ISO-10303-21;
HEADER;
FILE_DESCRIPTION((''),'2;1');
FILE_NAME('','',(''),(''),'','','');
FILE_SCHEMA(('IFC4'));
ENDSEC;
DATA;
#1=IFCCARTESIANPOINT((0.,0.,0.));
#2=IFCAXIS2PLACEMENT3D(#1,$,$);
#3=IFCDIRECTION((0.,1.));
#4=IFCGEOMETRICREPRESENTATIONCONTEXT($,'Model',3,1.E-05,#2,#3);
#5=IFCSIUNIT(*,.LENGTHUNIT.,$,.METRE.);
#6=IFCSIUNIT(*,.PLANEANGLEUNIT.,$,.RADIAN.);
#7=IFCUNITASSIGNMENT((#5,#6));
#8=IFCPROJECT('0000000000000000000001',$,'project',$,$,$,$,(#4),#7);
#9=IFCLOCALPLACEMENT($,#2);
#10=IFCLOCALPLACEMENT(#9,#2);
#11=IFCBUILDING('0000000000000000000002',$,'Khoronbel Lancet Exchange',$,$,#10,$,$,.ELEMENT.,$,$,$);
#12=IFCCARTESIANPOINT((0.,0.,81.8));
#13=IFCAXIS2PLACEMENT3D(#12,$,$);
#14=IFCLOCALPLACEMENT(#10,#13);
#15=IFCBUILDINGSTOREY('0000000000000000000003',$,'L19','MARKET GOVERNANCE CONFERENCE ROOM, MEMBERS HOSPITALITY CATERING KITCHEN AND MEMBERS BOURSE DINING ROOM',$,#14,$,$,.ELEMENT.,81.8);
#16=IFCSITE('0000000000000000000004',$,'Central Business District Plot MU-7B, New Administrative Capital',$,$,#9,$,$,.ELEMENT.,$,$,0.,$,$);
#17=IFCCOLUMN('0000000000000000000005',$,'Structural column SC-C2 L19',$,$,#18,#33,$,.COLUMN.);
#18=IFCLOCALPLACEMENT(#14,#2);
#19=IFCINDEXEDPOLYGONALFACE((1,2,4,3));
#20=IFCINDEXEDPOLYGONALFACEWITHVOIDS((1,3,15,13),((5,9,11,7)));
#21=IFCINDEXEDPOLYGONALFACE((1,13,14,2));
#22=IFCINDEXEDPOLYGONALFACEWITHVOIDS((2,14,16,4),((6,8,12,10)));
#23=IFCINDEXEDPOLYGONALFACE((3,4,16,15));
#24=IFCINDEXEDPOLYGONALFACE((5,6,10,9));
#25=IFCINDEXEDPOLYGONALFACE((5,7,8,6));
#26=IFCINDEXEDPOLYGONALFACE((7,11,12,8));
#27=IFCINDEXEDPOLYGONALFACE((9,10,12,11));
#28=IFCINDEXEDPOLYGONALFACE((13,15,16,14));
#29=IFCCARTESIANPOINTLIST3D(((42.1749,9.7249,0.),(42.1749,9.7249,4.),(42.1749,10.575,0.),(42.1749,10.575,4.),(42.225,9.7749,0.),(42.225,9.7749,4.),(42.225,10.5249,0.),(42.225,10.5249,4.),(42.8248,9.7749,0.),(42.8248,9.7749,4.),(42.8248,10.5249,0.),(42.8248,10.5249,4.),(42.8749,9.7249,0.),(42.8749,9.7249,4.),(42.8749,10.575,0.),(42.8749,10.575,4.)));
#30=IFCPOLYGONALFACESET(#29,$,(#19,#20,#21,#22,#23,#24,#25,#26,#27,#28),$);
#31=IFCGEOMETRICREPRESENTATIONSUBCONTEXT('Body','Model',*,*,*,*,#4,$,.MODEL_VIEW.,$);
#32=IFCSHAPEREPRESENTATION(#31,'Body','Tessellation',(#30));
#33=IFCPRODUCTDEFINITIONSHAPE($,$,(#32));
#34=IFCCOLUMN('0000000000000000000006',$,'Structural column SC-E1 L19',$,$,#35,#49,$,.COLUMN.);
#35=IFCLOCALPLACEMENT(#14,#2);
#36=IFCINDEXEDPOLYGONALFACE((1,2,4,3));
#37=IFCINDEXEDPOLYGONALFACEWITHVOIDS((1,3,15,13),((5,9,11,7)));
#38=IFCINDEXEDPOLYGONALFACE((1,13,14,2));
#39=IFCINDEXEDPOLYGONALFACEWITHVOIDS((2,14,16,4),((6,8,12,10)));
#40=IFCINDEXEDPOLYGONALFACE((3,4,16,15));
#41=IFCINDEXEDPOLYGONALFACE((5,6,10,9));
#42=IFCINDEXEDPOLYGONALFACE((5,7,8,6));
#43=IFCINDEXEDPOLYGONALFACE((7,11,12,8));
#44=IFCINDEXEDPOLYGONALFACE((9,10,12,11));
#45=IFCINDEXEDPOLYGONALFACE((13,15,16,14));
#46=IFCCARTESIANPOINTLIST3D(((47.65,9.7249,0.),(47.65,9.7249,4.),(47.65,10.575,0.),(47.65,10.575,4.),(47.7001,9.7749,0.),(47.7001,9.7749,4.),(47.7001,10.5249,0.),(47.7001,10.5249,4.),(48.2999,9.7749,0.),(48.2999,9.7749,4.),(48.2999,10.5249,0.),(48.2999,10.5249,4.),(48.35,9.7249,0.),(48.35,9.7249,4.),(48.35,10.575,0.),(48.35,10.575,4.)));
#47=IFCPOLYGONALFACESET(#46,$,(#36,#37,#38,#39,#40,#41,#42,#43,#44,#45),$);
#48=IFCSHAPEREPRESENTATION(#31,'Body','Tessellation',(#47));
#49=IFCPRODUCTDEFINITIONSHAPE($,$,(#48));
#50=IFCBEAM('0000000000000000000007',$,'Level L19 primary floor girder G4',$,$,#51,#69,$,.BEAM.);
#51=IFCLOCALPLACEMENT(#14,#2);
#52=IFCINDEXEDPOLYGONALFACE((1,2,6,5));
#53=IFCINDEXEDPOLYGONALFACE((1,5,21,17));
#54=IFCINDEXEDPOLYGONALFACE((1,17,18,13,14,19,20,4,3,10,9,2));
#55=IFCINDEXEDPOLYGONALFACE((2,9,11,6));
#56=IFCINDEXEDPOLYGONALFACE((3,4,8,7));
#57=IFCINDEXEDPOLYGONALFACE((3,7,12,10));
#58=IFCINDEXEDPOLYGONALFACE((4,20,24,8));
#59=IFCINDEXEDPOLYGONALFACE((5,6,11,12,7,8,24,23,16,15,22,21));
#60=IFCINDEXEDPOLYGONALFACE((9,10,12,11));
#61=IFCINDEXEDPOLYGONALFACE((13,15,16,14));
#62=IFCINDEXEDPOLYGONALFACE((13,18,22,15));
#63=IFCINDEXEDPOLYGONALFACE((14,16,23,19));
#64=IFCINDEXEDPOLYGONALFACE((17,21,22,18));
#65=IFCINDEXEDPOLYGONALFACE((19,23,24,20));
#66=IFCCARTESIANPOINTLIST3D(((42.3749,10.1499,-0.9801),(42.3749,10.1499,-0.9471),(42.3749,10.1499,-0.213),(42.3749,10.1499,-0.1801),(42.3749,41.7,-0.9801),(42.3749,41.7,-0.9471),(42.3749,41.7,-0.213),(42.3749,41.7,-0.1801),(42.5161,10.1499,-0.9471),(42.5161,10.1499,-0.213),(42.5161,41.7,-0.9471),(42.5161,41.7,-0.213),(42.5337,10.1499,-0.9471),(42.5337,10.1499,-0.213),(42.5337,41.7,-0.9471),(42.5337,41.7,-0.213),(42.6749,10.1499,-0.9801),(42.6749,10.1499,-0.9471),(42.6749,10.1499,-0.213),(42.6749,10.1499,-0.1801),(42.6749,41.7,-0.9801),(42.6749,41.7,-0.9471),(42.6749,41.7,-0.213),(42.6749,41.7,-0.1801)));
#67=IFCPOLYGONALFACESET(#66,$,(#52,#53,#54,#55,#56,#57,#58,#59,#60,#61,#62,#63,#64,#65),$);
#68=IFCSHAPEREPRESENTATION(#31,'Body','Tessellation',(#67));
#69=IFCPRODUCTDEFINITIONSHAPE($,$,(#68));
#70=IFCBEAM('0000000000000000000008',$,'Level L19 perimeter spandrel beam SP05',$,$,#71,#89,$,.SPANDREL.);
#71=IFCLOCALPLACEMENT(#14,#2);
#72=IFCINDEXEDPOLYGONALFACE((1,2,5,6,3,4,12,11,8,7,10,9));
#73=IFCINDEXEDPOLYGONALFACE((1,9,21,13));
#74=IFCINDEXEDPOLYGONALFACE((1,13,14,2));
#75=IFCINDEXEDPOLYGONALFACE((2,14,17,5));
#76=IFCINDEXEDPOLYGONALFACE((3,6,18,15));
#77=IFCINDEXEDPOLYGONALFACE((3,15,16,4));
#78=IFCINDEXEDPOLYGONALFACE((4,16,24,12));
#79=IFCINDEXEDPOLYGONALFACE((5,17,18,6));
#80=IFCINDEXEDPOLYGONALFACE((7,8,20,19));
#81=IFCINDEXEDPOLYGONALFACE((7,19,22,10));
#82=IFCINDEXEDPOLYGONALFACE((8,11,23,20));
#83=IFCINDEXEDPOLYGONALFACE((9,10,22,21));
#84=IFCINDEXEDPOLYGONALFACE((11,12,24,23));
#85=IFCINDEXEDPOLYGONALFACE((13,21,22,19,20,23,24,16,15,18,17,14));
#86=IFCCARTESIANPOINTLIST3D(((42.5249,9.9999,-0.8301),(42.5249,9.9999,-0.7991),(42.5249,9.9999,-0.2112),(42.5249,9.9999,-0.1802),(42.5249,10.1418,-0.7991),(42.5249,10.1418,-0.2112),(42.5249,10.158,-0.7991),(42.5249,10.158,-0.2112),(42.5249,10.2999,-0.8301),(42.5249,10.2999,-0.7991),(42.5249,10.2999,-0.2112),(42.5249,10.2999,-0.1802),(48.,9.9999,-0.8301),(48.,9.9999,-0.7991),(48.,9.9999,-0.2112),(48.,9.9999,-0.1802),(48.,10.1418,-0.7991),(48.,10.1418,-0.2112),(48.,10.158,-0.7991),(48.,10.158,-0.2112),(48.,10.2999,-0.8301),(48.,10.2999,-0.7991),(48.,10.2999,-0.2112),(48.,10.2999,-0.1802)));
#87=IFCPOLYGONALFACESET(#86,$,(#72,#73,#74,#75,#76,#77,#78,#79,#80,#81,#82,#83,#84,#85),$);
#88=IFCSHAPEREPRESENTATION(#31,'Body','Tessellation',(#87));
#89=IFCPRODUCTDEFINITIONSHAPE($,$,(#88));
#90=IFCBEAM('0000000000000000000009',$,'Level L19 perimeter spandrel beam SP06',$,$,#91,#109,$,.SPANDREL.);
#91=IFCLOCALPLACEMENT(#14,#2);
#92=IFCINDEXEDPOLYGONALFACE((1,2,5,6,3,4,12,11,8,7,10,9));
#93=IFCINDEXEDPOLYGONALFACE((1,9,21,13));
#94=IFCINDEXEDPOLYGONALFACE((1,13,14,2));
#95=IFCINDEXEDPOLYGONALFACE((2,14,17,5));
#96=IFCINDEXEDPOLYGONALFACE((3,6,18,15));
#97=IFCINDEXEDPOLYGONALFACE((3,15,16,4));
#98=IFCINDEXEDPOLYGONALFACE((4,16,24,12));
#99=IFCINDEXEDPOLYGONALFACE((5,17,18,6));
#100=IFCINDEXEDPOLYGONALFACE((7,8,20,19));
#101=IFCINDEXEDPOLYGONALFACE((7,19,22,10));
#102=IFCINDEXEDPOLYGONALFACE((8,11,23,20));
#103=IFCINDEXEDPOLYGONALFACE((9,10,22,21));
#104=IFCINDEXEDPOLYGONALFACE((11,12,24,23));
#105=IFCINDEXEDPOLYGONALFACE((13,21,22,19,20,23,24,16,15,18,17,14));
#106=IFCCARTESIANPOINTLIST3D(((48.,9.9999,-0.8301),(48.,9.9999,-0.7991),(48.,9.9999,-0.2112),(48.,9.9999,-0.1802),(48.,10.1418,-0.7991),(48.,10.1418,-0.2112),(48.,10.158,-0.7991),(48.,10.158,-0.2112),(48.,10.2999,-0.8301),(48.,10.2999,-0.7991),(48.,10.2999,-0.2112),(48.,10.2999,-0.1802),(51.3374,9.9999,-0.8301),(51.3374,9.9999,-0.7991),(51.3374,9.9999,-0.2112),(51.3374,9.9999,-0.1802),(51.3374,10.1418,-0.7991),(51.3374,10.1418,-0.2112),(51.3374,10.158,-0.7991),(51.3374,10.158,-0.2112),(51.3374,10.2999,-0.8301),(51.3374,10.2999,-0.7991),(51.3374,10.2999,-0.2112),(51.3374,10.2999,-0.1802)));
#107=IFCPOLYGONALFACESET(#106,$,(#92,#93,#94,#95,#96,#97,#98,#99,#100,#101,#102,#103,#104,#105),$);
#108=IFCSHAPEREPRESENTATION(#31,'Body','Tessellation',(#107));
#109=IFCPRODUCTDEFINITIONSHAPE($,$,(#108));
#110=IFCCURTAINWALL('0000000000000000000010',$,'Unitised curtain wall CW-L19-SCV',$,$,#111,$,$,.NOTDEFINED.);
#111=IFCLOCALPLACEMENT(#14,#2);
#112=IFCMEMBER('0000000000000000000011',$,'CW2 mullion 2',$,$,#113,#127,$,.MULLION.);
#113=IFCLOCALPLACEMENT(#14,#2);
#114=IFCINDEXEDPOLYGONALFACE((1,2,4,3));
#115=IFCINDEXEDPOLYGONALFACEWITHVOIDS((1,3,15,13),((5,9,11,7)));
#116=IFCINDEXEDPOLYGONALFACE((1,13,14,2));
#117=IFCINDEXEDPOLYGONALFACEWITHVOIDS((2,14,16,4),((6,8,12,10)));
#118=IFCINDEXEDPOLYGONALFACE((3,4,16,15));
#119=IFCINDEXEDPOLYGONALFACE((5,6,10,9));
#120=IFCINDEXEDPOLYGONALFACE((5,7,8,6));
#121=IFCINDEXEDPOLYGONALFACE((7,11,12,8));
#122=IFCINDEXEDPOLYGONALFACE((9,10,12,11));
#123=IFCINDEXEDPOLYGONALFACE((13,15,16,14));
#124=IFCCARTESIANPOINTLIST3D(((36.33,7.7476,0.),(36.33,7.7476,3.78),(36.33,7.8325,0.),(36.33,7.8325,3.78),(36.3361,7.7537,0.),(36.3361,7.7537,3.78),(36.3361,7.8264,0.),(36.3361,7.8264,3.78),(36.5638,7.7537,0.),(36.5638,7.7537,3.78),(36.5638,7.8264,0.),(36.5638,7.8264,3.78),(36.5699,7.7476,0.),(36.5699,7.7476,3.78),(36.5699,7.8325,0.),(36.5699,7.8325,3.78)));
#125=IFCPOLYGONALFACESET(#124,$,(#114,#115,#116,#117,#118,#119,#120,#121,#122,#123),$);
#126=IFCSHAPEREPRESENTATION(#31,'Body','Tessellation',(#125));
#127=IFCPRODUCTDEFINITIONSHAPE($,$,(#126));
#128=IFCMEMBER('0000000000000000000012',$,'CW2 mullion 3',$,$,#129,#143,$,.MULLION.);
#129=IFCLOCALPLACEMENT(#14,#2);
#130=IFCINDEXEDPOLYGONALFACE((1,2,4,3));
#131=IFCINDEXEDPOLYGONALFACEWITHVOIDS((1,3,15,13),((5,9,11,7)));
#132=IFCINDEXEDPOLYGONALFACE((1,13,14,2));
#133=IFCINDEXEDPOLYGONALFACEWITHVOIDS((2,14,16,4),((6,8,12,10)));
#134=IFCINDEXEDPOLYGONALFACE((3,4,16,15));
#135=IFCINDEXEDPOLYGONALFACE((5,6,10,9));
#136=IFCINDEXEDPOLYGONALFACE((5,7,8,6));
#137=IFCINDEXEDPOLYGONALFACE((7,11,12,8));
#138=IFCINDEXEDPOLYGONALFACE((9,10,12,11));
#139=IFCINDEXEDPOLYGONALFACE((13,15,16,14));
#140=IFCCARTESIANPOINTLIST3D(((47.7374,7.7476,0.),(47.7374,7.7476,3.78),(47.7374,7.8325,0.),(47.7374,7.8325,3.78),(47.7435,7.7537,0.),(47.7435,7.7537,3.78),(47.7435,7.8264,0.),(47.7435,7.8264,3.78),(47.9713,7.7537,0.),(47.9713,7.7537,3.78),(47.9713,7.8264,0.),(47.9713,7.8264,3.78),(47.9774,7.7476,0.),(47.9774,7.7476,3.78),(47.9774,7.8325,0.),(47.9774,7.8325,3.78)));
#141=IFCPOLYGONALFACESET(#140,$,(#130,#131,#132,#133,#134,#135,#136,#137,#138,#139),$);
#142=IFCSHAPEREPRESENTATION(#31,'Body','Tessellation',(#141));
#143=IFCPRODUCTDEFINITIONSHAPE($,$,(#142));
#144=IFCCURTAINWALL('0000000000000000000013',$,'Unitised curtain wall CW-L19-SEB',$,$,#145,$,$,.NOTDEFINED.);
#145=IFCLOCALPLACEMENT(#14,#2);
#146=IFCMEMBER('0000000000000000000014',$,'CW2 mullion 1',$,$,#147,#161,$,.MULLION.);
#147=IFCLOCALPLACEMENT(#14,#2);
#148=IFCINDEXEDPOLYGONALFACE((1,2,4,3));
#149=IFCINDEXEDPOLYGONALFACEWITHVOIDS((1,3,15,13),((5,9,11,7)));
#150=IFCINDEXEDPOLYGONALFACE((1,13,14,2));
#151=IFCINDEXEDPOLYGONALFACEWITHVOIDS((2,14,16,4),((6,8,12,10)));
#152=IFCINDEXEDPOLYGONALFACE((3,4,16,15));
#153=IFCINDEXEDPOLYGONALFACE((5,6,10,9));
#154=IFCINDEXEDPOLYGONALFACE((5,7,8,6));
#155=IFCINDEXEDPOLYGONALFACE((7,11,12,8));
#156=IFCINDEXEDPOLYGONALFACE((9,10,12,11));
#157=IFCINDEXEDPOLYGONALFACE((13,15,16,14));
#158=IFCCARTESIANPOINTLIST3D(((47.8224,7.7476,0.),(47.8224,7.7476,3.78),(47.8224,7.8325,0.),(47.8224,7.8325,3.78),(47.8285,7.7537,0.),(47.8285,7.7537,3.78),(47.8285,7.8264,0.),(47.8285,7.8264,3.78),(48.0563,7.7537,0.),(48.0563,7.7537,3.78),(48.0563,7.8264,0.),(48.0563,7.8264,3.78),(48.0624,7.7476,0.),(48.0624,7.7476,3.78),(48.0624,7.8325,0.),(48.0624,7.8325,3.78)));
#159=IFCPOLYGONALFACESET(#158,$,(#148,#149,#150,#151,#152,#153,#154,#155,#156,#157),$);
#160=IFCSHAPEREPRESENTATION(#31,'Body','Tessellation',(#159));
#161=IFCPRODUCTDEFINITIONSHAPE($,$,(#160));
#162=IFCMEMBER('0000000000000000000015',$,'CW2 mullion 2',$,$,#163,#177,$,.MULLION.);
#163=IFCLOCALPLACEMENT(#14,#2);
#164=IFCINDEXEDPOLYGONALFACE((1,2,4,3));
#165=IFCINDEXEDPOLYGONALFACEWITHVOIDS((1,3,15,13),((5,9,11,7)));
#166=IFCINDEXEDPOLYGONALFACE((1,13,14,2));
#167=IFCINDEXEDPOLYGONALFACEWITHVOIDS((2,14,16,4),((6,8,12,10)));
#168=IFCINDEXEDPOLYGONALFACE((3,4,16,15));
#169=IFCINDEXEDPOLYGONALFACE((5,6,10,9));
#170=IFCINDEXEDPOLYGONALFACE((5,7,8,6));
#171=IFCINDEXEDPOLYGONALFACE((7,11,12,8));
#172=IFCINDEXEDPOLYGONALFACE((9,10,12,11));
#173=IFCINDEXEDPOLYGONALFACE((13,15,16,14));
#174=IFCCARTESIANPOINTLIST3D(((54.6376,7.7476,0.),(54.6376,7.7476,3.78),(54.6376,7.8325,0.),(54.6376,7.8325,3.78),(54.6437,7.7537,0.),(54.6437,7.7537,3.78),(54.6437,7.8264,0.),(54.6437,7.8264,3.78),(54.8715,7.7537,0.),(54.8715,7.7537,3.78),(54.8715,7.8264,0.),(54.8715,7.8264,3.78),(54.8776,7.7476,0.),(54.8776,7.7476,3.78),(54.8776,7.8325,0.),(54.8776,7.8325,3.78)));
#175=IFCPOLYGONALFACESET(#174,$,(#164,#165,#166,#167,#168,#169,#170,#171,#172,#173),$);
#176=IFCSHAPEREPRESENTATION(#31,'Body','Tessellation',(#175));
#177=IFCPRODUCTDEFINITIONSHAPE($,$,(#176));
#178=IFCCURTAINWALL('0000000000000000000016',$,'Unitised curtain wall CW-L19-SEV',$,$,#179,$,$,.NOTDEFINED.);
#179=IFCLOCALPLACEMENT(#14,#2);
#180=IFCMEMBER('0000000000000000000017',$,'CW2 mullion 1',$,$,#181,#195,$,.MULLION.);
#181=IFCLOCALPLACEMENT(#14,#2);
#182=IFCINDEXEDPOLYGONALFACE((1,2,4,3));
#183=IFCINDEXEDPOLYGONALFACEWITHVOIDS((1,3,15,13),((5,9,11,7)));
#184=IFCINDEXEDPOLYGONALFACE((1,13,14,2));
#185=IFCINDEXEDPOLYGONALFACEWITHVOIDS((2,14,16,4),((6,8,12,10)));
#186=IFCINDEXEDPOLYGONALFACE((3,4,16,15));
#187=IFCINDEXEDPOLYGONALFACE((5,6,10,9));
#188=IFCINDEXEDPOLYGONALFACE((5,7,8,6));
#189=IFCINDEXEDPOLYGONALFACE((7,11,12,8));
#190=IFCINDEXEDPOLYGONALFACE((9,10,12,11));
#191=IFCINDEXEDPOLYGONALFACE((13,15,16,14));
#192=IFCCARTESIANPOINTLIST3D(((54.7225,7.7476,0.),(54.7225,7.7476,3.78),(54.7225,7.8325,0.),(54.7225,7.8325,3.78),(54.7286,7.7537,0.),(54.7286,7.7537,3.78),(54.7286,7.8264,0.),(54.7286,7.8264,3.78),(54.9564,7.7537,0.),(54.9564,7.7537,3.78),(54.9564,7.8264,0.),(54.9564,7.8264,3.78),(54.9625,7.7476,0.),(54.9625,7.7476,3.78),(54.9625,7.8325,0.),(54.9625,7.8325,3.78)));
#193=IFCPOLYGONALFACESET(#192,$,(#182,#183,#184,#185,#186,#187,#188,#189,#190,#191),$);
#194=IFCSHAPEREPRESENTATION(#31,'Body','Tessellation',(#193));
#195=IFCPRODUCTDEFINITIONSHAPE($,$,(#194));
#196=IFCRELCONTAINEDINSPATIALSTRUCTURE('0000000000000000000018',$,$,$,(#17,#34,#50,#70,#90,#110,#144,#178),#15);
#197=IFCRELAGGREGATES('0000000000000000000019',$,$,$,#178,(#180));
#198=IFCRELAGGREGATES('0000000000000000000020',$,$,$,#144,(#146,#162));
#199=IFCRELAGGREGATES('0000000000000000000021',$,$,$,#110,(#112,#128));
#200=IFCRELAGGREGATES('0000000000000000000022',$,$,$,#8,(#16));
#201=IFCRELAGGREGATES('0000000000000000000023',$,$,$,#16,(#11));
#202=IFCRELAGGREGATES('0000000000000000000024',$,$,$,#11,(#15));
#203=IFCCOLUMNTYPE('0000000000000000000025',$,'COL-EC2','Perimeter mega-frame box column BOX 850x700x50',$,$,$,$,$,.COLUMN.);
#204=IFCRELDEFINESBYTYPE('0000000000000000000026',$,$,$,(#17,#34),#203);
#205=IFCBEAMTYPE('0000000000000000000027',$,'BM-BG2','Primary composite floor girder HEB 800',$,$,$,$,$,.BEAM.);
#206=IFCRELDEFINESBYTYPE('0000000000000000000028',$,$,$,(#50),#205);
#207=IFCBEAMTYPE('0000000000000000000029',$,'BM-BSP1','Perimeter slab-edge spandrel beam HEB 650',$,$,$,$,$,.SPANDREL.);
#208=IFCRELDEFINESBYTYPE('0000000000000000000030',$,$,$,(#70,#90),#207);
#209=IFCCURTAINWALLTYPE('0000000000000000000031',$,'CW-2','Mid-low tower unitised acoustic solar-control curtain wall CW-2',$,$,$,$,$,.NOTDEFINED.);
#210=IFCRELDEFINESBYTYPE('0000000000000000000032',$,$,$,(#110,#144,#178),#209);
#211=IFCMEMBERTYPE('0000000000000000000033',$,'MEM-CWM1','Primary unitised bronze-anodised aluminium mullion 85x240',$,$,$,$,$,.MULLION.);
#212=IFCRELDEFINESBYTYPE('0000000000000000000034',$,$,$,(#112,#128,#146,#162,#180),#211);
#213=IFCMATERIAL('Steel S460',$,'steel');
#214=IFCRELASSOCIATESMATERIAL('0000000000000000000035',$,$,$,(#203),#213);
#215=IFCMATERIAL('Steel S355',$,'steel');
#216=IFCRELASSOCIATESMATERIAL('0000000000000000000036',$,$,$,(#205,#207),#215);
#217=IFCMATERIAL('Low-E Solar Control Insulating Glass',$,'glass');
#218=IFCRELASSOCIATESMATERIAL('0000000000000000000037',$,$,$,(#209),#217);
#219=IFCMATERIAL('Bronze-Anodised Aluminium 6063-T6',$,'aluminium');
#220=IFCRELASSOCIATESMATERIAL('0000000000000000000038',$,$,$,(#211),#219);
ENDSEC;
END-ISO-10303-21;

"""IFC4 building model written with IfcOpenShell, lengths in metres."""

from ifc_helpers import new_model, si_unit, direction, frame, origin, origin_2d, place, context, subcontext, project, spatial, hollow_rectangle, i_section, extrude, material, material_profile, profile_set, type_object, element, aggregate, save


model = new_model("IFC4")

# Units and contexts
model_context = context("Model", 3, precision=1e-05, world=origin(), true_north=direction((0.0, 1.0)))
body_context = subcontext(model_context, "Body", "Model", "MODEL_VIEW")
ifc_project = project(units=[si_unit("LENGTHUNIT", "METRE"), si_unit("PLANEANGLEUNIT", "RADIAN")], contexts=[model_context])

# Site, building, storey
site_placement = place(None, origin())
site = spatial("IfcSite", under=ifc_project, at=site_placement, Name="Central Business District Plot MU-7B, New Administrative Capital", CompositionType="ELEMENT", RefElevation=0.0)
building_placement = place(site_placement, origin())
building = spatial("IfcBuilding", under=site, at=building_placement, Name="Khoronbel Lancet Exchange", CompositionType="ELEMENT")
storey_placement = place(building_placement, frame((0.0, 0.0, 81.8)))
storey = spatial("IfcBuildingStorey", under=building, at=storey_placement, Name="L19", Description="MARKET GOVERNANCE CONFERENCE ROOM, MEMBERS HOSPITALITY CATERING KITCHEN AND MEMBERS BOURSE DINING ROOM", CompositionType="ELEMENT", Elevation=81.8)

# Columns
ifc_material_1 = material(Name="Steel S460", Category="steel")
ifc_material_profile_1 = material_profile(ifc_material_1, hollow_rectangle(XDim=0.7, YDim=0.8501, WallThickness=0.05, at=origin_2d()), Name="BOX 850x700x50")
ifc_profile_set_1 = profile_set([ifc_material_profile_1], Name="Steel S460")
column_type = type_object("IfcColumnType", Name="COL-EC2", Description="Perimeter mega-frame box column BOX 850x700x50", PredefinedType="COLUMN", material=ifc_profile_set_1)
for number, where, z_axis, x_axis, name in (
    (1, (42.5249, 10.1499, 0.0), (0.0, 0.0, 1.0), (1.0, 0.0, 0.0), "Structural column SC-C2 L19"),
    (2, (48.0, 10.1499, 0.0), (0.0, 0.0, 1.0), (1.0, 0.0, 0.0), "Structural column SC-E1 L19"),
):
    element("IfcColumn", number, at=place(storey_placement, frame(where, z_axis=z_axis, x_axis=x_axis)), inside=storey, type_object=column_type, Name=name, PredefinedType="COLUMN", context=body_context, shape_type="SweptSolid", body=[
        extrude(hollow_rectangle(XDim=0.7, YDim=0.8501, WallThickness=0.05, at=origin_2d()), origin(), (0.0, 0.0, 1.0), 4.0),
    ])

# Beams
ifc_material_2 = material(Name="Steel S355", Category="steel")
ifc_material_profile_2 = material_profile(ifc_material_2, i_section(OverallWidth=0.3, OverallDepth=0.8, WebThickness=0.0176, FlangeThickness=0.033, at=origin_2d()), Name="HEB 800")
ifc_profile_set_2 = profile_set([ifc_material_profile_2], Name="Steel S355")
beam_type_1 = type_object("IfcBeamType", Name="BM-BG2", Description="Primary composite floor girder HEB 800", PredefinedType="BEAM", material=ifc_profile_set_2)
beam_1_placement = place(storey_placement, frame((42.5249, 10.1499, -0.5801), z_axis=(0.0, 1.0, 0.0), x_axis=(-1.0, 0.0, 0.0)))
element("IfcBeam", 3, at=beam_1_placement, inside=storey, type_object=beam_type_1, Name="Level L19 primary floor girder G4", PredefinedType="BEAM", context=body_context, shape_type="SweptSolid", body=[
    extrude(i_section(OverallWidth=0.3, OverallDepth=0.8, WebThickness=0.0176, FlangeThickness=0.033, at=origin_2d()), origin(), (0.0, 0.0, 1.0), 31.55),
])
ifc_material_profile_3 = material_profile(ifc_material_2, i_section(OverallWidth=0.3, OverallDepth=0.6499, WebThickness=0.0161, FlangeThickness=0.031, at=origin_2d()), Name="HEB 650")
ifc_profile_set_3 = profile_set([ifc_material_profile_3], Name="Steel S355")
beam_type_2 = type_object("IfcBeamType", Name="BM-BSP1", Description="Perimeter slab-edge spandrel beam HEB 650", PredefinedType="SPANDREL", material=ifc_profile_set_3)
beam_2_placement = place(storey_placement, frame((42.5249, 10.1499, -0.5051), z_axis=(1.0, 0.0, 0.0), x_axis=(0.0, 1.0, 0.0)))
element("IfcBeam", 4, at=beam_2_placement, inside=storey, type_object=beam_type_2, Name="Level L19 perimeter spandrel beam SP05", PredefinedType="SPANDREL", context=body_context, shape_type="SweptSolid", body=[
    extrude(i_section(OverallWidth=0.3, OverallDepth=0.6499, WebThickness=0.0161, FlangeThickness=0.031, at=origin_2d()), origin(), (0.0, 0.0, 1.0), 5.4751),
])
beam_3_placement = place(storey_placement, frame((48.0, 10.1499, -0.5051), z_axis=(1.0, 0.0, 0.0), x_axis=(0.0, 1.0, 0.0)))
element("IfcBeam", 5, at=beam_3_placement, inside=storey, type_object=beam_type_2, Name="Level L19 perimeter spandrel beam SP06", PredefinedType="SPANDREL", context=body_context, shape_type="SweptSolid", body=[
    extrude(i_section(OverallWidth=0.3, OverallDepth=0.6499, WebThickness=0.0161, FlangeThickness=0.031, at=origin_2d()), origin(), (0.0, 0.0, 1.0), 3.3374),
])

# Curtain walls, members
ifc_material_3 = material(Name="Low-E Solar Control Insulating Glass", Category="glass")
curtain_wall_type = type_object("IfcCurtainWallType", Name="CW-2", Description="Mid-low tower unitised acoustic solar-control curtain wall CW-2", PredefinedType="NOTDEFINED", material=ifc_material_3)
curtain_wall_1_placement = place(storey_placement, origin())
curtain_wall_1 = element("IfcCurtainWall", 6, at=curtain_wall_1_placement, inside=storey, type_object=curtain_wall_type, Name="Unitised curtain wall CW-L19-SCV", PredefinedType="NOTDEFINED")
ifc_material_4 = material(Name="Bronze-Anodised Aluminium 6063-T6", Category="aluminium")
ifc_material_profile_4 = material_profile(ifc_material_4, hollow_rectangle(XDim=0.085, YDim=0.24, WallThickness=0.0061, at=origin_2d()), Name="ALU MULLION 85x240")
ifc_profile_set_4 = profile_set([ifc_material_profile_4], Name="Bronze-Anodised Aluminium 6063-T6")
member_type_1 = type_object("IfcMemberType", Name="MEM-CWM1", Description="Primary unitised bronze-anodised aluminium mullion 85x240", PredefinedType="MULLION", material=ifc_profile_set_4)
member_1_placement = place(storey_placement, frame((36.45, 7.79, 0.0), z_axis=(0.0, 0.0, 1.0), x_axis=(0.0, 1.0, 0.0)))
member_1 = element("IfcMember", 7, at=member_1_placement, type_object=member_type_1, Name="CW2 mullion 2", PredefinedType="MULLION", context=body_context, shape_type="SweptSolid", body=[
    extrude(hollow_rectangle(XDim=0.085, YDim=0.24, WallThickness=0.0061, at=origin_2d()), origin(), (0.0, 0.0, 1.0), 3.78),
])
member_2_placement = place(storey_placement, frame((47.8574, 7.79, 0.0), z_axis=(0.0, 0.0, 1.0), x_axis=(0.0, 1.0, 0.0)))
member_2 = element("IfcMember", 8, at=member_2_placement, type_object=member_type_1, Name="CW2 mullion 3", PredefinedType="MULLION", context=body_context, shape_type="SweptSolid", body=[
    extrude(hollow_rectangle(XDim=0.085, YDim=0.24, WallThickness=0.0061, at=origin_2d()), origin(), (0.0, 0.0, 1.0), 3.78),
])
curtain_wall_2_placement = place(storey_placement, origin())
curtain_wall_2 = element("IfcCurtainWall", 9, at=curtain_wall_2_placement, inside=storey, type_object=curtain_wall_type, Name="Unitised curtain wall CW-L19-SEB", PredefinedType="NOTDEFINED")
member_3_placement = place(storey_placement, frame((47.9424, 7.79, 0.0), z_axis=(0.0, 0.0, 1.0), x_axis=(0.0, 1.0, 0.0)))
member_3 = element("IfcMember", 10, at=member_3_placement, type_object=member_type_1, Name="CW2 mullion 1", PredefinedType="MULLION", context=body_context, shape_type="SweptSolid", body=[
    extrude(hollow_rectangle(XDim=0.085, YDim=0.24, WallThickness=0.0061, at=origin_2d()), origin(), (0.0, 0.0, 1.0), 3.78),
])
member_4_placement = place(storey_placement, frame((54.7576, 7.79, 0.0), z_axis=(0.0, 0.0, 1.0), x_axis=(0.0, 1.0, 0.0)))
member_4 = element("IfcMember", 11, at=member_4_placement, type_object=member_type_1, Name="CW2 mullion 2", PredefinedType="MULLION", context=body_context, shape_type="SweptSolid", body=[
    extrude(hollow_rectangle(XDim=0.085, YDim=0.24, WallThickness=0.0061, at=origin_2d()), origin(), (0.0, 0.0, 1.0), 3.78),
])

# Curtain wall, member
curtain_wall_3_placement = place(storey_placement, origin())
curtain_wall_3 = element("IfcCurtainWall", 12, at=curtain_wall_3_placement, inside=storey, type_object=curtain_wall_type, Name="Unitised curtain wall CW-L19-SEV", PredefinedType="NOTDEFINED")
member_5_placement = place(storey_placement, frame((54.8425, 7.79, 0.0), z_axis=(0.0, 0.0, 1.0), x_axis=(0.0, 1.0, 0.0)))
member_5 = element("IfcMember", 13, at=member_5_placement, type_object=member_type_1, Name="CW2 mullion 1", PredefinedType="MULLION", context=body_context, shape_type="SweptSolid", body=[
    extrude(hollow_rectangle(XDim=0.085, YDim=0.24, WallThickness=0.0061, at=origin_2d()), origin(), (0.0, 0.0, 1.0), 3.78),
])

aggregate(curtain_wall_3, [member_5])

aggregate(curtain_wall_2, [member_3, member_4])
aggregate(curtain_wall_1, [member_1, member_2])

save(model, "model.ifc")
